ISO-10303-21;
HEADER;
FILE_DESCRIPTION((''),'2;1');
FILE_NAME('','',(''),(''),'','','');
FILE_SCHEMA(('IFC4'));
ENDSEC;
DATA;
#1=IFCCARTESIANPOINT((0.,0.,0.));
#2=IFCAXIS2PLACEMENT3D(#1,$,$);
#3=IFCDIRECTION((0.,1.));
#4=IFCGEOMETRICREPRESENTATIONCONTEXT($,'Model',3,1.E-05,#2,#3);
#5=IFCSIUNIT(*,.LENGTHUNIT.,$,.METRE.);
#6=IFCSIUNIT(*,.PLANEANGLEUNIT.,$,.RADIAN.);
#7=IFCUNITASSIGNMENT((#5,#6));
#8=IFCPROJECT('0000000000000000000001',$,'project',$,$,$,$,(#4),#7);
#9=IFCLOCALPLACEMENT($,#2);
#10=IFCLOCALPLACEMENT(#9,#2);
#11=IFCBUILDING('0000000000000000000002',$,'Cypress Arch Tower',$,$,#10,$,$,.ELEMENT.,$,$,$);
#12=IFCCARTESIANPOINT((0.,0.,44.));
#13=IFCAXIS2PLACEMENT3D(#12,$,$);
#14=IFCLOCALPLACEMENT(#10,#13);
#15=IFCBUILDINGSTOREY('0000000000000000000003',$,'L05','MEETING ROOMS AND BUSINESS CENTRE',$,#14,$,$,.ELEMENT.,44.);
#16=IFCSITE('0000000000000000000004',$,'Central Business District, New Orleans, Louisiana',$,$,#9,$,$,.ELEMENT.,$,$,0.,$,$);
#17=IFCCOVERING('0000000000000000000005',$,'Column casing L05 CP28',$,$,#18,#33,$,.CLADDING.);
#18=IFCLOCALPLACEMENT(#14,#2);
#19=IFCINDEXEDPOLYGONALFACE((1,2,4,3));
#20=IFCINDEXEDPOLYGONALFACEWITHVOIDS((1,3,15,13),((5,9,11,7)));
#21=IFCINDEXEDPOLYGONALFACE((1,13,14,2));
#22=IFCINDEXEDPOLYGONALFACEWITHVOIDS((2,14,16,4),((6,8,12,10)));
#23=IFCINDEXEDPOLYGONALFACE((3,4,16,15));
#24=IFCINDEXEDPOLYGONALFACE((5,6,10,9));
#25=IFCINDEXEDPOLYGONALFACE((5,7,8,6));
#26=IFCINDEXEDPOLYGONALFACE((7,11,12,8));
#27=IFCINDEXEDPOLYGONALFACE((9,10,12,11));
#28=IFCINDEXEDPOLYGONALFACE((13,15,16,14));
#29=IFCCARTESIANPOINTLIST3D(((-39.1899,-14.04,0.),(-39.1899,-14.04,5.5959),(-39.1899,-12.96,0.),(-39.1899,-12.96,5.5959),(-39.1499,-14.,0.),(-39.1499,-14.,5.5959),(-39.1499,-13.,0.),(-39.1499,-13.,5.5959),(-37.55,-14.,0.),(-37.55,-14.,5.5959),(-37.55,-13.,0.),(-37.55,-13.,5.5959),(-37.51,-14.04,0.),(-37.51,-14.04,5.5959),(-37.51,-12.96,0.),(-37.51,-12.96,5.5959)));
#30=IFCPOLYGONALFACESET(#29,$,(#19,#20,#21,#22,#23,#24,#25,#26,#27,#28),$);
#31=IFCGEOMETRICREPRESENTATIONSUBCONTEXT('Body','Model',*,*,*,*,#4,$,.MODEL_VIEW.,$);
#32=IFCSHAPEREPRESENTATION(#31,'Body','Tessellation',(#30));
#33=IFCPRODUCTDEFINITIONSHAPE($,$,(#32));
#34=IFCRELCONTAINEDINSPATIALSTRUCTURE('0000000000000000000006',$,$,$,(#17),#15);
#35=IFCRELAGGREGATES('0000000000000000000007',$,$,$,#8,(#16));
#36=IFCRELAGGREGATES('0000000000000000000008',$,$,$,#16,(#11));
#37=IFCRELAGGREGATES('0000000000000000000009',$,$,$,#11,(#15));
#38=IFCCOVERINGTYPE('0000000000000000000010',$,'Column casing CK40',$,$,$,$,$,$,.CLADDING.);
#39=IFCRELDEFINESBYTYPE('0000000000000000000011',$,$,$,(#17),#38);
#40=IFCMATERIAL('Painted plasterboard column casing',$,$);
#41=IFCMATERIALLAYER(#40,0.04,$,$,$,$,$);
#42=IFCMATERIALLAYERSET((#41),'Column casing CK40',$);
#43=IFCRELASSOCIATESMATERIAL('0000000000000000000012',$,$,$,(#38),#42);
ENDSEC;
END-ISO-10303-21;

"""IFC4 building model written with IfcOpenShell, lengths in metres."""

from ifc_helpers import new_model, si_unit, direction, frame, origin, place, context, subcontext, project, spatial, polyline, outline, extrude, material, layer, layer_set, type_object, element, save


model = new_model("IFC4")

# Units and contexts
model_context = context("Model", 3, precision=1e-05, world=origin(), true_north=direction((0.0, 1.0)))
body_context = subcontext(model_context, "Body", "Model", "MODEL_VIEW")
ifc_project = project(units=[si_unit("LENGTHUNIT", "METRE"), si_unit("PLANEANGLEUNIT", "RADIAN")], contexts=[model_context])

# Site, building, storey
site_placement = place(None, origin())
site = spatial("IfcSite", under=ifc_project, at=site_placement, Name="Central Business District, New Orleans, Louisiana", CompositionType="ELEMENT", RefElevation=0.0)
building_placement = place(site_placement, origin())
building = spatial("IfcBuilding", under=site, at=building_placement, Name="Cypress Arch Tower", CompositionType="ELEMENT")
storey_placement = place(building_placement, frame((0.0, 0.0, 44.0)))
storey = spatial("IfcBuildingStorey", under=building, at=storey_placement, Name="L05", Description="MEETING ROOMS AND BUSINESS CENTRE", CompositionType="ELEMENT", Elevation=44.0)

# Covering
ifc_material_1 = material(Name="Painted plasterboard column casing")
ifc_layer_1 = layer(ifc_material_1, 0.04)
ifc_layer_set_1 = layer_set([ifc_layer_1], Name="Column casing CK40")
covering_type = type_object("IfcCoveringType", Name="Column casing CK40", PredefinedType="CLADDING", material=ifc_layer_set_1)
covering_placement = place(storey_placement, origin())
element("IfcCovering", 1, at=covering_placement, inside=storey, type_object=covering_type, Name="Column casing L05 CP28", PredefinedType="CLADDING", context=body_context, shape_type="SweptSolid", body=[
    extrude(outline(polyline([(-39.1899, -12.96), (-37.51, -12.96), (-37.51, -14.04), (-39.1899, -14.04), (-39.1899, -12.96)]), holes=[polyline([(-39.1499, -13.0), (-39.1499, -14.0), (-37.55, -14.0), (-37.55, -13.0), (-39.1499, -13.0)])]), origin(), (0.0, 0.0, 1.0), 5.5959),
])

save(model, "model.ifc")
